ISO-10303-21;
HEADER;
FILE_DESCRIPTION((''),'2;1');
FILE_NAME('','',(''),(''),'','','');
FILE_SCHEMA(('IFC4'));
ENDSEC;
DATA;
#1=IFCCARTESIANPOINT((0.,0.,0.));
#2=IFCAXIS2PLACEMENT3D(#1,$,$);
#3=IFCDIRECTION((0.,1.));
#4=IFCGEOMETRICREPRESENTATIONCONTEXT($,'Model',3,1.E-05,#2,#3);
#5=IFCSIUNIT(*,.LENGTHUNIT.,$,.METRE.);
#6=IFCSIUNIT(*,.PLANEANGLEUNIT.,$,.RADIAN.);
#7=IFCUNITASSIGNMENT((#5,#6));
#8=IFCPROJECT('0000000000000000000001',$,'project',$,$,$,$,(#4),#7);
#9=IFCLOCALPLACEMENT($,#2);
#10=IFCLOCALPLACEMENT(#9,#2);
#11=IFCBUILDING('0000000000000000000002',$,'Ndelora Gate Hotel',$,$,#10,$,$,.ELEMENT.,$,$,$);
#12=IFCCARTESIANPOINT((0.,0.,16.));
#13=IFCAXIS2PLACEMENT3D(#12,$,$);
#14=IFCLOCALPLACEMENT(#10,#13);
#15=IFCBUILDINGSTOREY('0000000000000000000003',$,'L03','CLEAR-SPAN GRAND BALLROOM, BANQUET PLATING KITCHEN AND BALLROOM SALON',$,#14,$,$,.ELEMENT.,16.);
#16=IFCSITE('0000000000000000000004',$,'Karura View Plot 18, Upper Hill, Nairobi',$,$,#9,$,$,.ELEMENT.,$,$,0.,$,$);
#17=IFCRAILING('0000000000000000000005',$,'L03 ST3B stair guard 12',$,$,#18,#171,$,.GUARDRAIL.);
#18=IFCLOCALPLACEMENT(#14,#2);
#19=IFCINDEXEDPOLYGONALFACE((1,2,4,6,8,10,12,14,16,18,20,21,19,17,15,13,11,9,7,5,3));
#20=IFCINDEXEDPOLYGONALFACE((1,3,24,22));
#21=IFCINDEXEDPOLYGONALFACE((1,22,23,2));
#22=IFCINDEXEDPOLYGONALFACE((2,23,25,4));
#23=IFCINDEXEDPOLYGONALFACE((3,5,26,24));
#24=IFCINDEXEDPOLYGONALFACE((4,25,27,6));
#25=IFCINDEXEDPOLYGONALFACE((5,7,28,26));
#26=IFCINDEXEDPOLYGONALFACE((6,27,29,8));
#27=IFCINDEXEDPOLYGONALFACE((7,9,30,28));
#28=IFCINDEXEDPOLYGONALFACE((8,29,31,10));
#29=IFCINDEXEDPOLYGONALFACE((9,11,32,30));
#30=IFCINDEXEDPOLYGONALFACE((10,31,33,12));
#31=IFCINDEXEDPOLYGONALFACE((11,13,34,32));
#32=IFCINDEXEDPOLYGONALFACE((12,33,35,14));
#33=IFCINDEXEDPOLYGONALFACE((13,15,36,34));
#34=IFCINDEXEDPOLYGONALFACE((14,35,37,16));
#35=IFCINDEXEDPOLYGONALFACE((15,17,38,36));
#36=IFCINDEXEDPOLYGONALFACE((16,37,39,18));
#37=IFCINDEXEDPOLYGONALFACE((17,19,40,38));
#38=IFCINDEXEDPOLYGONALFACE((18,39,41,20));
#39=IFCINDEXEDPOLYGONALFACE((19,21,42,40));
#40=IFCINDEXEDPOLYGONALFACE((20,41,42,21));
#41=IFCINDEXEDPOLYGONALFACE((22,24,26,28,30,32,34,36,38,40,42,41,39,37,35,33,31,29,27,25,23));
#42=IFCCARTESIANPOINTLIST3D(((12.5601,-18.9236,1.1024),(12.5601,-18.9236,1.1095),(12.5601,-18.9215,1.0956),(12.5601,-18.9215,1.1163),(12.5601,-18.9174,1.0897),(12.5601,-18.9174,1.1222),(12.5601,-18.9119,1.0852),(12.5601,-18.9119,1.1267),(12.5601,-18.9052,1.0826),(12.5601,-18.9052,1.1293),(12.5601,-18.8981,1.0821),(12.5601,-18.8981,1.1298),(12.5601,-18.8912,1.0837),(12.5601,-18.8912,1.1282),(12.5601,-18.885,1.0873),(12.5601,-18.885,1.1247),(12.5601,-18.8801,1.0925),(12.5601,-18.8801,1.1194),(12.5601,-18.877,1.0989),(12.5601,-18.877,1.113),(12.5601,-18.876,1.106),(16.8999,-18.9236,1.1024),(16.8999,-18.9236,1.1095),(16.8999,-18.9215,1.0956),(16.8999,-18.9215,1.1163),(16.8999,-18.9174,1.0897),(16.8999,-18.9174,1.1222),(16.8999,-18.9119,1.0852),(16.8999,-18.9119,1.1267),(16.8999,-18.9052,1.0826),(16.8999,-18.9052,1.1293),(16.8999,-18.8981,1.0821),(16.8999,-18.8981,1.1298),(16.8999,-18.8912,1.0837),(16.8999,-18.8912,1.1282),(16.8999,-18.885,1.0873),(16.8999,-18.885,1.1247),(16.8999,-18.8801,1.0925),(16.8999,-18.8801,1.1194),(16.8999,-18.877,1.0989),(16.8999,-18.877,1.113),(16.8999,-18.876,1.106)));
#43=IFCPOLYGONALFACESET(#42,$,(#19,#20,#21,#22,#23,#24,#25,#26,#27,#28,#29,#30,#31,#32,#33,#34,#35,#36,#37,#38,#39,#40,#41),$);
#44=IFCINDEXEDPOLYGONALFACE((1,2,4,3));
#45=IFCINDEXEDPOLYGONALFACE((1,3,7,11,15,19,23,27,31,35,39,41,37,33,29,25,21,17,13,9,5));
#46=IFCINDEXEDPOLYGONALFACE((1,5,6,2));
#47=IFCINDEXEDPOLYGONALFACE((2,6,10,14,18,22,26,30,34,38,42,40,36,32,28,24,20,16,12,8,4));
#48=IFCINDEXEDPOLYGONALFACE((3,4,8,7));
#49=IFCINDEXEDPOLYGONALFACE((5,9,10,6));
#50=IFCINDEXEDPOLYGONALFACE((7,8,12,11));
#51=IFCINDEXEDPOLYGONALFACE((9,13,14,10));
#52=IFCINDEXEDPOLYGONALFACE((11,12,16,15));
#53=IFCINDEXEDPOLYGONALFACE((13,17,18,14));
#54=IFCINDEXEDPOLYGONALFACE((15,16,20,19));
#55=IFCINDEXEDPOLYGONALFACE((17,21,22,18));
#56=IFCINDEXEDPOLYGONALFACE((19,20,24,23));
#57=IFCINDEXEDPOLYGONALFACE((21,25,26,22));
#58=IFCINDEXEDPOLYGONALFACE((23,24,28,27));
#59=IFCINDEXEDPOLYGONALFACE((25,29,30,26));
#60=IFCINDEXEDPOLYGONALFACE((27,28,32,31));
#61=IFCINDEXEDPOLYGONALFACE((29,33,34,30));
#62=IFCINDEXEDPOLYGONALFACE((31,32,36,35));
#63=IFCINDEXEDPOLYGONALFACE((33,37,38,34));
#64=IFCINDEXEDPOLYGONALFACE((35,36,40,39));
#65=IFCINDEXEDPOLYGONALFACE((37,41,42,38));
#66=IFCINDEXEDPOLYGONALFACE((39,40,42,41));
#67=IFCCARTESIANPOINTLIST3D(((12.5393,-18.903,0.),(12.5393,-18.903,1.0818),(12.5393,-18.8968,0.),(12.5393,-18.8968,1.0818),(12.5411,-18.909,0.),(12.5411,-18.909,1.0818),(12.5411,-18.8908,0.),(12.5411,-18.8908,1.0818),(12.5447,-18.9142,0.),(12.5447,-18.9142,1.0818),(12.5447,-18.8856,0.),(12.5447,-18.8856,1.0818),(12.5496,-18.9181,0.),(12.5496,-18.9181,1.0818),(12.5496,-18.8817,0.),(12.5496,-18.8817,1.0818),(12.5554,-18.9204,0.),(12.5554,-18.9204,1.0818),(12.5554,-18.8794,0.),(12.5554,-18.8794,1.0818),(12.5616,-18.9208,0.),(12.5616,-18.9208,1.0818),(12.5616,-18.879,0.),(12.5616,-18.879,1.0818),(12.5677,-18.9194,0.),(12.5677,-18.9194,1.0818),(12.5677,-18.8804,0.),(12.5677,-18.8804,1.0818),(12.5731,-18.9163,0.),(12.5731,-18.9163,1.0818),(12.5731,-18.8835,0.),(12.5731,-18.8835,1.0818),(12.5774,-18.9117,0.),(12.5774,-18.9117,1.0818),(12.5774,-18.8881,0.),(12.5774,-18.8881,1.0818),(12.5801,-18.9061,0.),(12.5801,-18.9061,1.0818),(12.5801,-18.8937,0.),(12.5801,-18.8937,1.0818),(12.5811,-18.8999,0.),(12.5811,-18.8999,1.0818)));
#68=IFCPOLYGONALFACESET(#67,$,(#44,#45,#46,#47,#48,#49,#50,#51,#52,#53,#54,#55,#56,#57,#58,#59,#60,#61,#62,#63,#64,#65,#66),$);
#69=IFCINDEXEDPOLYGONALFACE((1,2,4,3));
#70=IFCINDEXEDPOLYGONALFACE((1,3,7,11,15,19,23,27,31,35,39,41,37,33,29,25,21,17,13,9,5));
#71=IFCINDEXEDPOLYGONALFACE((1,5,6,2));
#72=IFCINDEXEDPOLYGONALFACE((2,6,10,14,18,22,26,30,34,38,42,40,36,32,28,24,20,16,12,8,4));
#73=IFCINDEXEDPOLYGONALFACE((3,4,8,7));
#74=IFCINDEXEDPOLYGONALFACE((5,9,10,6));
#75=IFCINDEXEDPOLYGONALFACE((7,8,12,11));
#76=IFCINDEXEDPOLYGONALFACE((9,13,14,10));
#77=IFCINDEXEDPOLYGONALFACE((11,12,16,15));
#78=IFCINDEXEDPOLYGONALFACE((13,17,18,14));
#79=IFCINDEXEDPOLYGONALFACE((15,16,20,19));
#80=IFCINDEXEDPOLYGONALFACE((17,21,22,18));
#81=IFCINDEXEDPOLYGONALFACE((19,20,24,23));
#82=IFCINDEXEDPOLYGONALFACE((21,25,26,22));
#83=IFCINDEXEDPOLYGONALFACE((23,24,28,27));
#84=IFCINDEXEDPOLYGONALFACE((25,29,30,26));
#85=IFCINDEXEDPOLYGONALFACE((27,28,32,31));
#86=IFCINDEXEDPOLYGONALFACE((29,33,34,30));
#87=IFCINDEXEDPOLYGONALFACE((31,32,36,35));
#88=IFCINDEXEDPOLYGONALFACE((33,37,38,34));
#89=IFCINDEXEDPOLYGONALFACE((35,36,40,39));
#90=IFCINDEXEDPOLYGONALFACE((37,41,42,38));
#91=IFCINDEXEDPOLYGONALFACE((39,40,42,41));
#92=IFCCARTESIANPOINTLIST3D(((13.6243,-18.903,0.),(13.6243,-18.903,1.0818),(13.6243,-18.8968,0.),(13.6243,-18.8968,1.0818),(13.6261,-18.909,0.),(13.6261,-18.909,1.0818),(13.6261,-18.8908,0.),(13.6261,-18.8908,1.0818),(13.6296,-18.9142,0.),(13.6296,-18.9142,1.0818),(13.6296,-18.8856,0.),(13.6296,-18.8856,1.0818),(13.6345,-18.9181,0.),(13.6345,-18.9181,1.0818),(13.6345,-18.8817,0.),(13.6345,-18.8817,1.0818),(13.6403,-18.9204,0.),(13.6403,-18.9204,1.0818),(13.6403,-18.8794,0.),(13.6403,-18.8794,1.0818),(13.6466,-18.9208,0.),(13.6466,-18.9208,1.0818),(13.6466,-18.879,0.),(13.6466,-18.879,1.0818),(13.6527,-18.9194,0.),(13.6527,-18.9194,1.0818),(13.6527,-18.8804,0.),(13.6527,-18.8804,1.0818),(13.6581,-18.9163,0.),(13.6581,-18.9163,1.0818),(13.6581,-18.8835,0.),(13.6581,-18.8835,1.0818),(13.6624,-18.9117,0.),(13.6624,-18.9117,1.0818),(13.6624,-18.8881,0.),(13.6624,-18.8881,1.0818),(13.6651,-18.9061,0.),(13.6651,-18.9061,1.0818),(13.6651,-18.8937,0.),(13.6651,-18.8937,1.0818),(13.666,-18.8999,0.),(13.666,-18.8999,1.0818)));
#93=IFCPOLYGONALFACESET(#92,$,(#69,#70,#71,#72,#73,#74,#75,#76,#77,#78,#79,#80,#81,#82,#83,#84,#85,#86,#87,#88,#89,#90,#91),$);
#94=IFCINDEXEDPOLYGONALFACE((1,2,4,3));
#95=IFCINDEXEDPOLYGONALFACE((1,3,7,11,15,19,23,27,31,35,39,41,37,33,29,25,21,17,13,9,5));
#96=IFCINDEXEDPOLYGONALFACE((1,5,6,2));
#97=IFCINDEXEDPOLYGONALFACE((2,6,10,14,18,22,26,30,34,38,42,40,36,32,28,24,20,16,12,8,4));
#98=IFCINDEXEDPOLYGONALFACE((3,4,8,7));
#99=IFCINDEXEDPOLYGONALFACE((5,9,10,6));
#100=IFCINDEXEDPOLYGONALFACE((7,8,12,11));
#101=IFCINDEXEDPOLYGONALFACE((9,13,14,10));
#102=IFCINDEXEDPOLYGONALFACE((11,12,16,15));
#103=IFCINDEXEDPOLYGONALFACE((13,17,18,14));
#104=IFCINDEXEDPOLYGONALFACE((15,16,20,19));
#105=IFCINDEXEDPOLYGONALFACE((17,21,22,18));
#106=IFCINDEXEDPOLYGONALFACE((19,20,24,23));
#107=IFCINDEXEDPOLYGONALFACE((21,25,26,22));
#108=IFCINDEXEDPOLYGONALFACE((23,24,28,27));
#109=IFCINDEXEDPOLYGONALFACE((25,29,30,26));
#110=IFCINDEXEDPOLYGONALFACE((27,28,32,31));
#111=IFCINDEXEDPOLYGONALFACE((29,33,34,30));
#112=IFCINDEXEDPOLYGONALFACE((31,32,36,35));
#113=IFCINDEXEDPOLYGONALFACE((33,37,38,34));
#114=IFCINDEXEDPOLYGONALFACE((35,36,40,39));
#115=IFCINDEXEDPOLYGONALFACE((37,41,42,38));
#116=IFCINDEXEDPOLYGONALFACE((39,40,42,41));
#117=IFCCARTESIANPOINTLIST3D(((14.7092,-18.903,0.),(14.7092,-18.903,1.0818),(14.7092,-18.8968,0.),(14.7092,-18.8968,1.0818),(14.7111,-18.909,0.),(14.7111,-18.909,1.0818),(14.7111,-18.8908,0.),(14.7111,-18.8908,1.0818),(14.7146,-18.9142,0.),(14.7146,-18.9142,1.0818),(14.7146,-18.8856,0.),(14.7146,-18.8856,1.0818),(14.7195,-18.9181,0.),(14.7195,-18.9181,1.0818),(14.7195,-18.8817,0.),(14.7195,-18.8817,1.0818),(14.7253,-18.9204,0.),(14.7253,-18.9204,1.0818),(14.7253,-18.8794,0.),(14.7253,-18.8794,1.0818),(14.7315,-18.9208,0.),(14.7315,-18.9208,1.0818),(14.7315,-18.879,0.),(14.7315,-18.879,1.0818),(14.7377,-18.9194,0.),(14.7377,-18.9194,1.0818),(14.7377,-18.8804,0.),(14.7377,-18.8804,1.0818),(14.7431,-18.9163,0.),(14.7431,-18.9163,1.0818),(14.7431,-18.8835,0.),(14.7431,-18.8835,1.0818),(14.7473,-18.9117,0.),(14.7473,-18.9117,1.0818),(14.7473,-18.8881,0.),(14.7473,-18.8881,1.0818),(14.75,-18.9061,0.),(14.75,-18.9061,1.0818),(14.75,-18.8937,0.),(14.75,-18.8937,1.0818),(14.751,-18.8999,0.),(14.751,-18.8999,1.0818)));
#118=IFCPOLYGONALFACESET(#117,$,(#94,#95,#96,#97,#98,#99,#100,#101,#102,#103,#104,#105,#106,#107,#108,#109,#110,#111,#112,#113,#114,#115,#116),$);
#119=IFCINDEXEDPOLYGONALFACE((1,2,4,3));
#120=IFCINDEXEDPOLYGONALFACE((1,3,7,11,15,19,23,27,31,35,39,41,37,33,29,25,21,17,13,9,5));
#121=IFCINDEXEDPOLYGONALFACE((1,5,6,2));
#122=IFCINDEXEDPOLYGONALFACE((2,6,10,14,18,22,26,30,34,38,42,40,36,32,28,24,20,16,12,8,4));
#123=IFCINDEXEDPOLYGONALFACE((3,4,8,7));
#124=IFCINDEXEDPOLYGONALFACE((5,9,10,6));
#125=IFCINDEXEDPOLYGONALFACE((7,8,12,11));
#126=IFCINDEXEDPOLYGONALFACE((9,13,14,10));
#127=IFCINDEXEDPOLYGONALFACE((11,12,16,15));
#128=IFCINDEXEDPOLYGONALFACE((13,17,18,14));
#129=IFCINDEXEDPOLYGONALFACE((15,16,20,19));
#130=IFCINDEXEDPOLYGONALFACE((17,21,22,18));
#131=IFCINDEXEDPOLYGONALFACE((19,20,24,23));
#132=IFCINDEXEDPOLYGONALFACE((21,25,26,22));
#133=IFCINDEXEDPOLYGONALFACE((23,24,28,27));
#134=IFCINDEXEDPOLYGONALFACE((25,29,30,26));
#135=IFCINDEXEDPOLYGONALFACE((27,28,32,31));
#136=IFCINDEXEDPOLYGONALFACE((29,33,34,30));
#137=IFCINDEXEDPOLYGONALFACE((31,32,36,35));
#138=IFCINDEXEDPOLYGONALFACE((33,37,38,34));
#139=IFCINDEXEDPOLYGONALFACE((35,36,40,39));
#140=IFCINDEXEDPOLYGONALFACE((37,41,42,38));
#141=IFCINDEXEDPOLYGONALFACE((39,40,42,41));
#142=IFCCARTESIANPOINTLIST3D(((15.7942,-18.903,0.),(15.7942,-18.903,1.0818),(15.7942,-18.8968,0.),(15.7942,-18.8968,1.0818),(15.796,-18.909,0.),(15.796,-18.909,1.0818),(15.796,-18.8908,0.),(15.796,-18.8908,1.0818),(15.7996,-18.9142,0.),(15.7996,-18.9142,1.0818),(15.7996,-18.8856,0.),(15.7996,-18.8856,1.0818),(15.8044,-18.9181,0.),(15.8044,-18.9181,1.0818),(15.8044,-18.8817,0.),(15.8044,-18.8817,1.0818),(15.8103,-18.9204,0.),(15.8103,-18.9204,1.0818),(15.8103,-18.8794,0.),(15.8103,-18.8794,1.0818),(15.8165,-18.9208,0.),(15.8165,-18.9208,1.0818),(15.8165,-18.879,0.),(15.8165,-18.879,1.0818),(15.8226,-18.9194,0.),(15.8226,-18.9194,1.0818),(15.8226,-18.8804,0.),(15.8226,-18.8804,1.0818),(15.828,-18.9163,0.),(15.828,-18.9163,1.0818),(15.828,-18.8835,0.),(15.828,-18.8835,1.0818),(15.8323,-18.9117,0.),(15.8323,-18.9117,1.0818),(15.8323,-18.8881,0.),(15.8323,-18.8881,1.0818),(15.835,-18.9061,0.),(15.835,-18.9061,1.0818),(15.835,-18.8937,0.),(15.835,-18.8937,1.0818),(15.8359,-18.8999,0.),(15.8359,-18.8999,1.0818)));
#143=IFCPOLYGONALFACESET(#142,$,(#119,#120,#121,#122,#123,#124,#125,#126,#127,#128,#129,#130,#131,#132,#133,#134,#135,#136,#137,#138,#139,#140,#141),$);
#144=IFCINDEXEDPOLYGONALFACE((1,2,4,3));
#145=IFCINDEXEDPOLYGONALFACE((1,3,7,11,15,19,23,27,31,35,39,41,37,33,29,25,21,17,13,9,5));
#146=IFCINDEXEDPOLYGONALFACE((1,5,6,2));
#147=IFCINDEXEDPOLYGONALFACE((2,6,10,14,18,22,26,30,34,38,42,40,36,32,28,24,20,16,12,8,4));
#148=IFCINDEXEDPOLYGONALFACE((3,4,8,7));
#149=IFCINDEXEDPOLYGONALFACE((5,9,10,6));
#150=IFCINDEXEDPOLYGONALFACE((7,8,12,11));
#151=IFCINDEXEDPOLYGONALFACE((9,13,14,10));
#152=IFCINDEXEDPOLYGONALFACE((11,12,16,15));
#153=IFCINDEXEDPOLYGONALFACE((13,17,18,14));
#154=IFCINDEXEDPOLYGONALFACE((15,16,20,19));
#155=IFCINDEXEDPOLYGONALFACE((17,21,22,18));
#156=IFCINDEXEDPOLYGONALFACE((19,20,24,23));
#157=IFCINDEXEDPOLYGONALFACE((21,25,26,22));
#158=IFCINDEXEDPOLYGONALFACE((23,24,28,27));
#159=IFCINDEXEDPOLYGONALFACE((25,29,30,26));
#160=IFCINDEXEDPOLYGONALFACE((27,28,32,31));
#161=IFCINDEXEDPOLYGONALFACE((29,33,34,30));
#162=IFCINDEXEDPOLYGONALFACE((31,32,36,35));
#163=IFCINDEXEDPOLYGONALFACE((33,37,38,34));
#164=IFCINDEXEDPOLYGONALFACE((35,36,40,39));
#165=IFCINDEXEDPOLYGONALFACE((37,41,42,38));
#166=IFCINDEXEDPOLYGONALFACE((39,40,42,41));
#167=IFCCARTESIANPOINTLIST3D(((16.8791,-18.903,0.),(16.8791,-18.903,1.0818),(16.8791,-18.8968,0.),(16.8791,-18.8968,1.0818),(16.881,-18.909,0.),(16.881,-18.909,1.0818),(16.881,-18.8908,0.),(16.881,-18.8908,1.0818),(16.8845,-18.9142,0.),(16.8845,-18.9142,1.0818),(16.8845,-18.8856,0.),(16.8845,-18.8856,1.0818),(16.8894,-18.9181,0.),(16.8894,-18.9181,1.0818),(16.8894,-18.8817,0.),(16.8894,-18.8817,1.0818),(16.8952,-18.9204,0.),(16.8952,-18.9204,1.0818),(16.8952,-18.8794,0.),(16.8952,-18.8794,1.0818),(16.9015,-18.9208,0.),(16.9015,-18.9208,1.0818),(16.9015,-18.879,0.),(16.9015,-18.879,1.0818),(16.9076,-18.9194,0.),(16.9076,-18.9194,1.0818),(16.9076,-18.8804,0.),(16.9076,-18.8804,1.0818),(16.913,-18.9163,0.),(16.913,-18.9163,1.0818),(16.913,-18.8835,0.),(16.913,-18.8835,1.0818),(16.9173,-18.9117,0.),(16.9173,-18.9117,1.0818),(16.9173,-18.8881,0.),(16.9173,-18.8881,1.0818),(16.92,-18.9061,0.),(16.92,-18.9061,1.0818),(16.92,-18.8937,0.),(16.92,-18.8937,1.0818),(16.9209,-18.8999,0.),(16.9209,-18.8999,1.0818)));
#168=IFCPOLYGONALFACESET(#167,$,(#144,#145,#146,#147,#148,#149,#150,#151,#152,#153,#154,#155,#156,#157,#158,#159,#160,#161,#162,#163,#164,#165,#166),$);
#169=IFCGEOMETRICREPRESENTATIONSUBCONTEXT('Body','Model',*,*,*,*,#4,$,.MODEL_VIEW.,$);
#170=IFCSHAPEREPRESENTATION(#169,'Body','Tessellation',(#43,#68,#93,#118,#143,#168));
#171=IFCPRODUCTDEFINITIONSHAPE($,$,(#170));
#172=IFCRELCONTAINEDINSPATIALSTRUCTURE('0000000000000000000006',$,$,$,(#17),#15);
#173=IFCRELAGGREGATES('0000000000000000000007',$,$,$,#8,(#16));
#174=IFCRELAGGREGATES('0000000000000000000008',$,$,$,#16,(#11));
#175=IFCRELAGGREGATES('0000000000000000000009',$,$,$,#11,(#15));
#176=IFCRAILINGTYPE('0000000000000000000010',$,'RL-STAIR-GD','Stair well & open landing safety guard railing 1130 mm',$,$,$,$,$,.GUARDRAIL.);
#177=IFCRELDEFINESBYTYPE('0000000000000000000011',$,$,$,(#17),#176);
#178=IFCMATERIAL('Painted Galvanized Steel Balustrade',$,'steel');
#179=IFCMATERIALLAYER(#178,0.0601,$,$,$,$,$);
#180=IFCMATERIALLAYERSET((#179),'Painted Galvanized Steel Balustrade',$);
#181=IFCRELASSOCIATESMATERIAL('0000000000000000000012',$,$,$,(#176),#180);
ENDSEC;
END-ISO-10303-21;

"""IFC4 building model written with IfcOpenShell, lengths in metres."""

from ifc_helpers import new_model, si_unit, direction, frame, origin, origin_2d, place, context, subcontext, project, spatial, circle, extrude, material, layer, layer_set, type_object, element, save


model = new_model("IFC4")

# Units and contexts
model_context = context("Model", 3, precision=1e-05, world=origin(), true_north=direction((0.0, 1.0)))
body_context = subcontext(model_context, "Body", "Model", "MODEL_VIEW")
ifc_project = project(units=[si_unit("LENGTHUNIT", "METRE"), si_unit("PLANEANGLEUNIT", "RADIAN")], contexts=[model_context])

# Site, building, storey
site_placement = place(None, origin())
site = spatial("IfcSite", under=ifc_project, at=site_placement, Name="Karura View Plot 18, Upper Hill, Nairobi", CompositionType="ELEMENT", RefElevation=0.0)
building_placement = place(site_placement, origin())
building = spatial("IfcBuilding", under=site, at=building_placement, Name="Ndelora Gate Hotel", CompositionType="ELEMENT")
storey_placement = place(building_placement, frame((0.0, 0.0, 16.0)))
storey = spatial("IfcBuildingStorey", under=building, at=storey_placement, Name="L03", Description="CLEAR-SPAN GRAND BALLROOM, BANQUET PLATING KITCHEN AND BALLROOM SALON", CompositionType="ELEMENT", Elevation=16.0)

# Railing
ifc_material_1 = material(Name="Painted Galvanized Steel Balustrade", Category="steel")
ifc_layer_1 = layer(ifc_material_1, 0.0601)
ifc_layer_set_1 = layer_set([ifc_layer_1], Name="Painted Galvanized Steel Balustrade")
railing_type_1 = type_object("IfcRailingType", Name="RL-STAIR-GD", Description="Stair well & open landing safety guard railing 1130 mm", PredefinedType="GUARDRAIL", material=ifc_layer_set_1)
railing_1_placement = place(storey_placement, frame((12.5601, -18.8999, 0.0)))
element("IfcRailing", 1, at=railing_1_placement, inside=storey, type_object=railing_type_1, Name="L03 ST3B stair guard 12", PredefinedType="GUARDRAIL", context=body_context, shape_type="SweptSolid", body=[
    extrude(circle(Radius=0.0239, at=origin_2d()), frame((0.0, 0.0, 1.106), z_axis=(1.0, 0.0, 0.0), x_axis=(0.0, 1.0, 0.0)), (0.0, 0.0, 1.0), 4.3398),
    extrude(circle(Radius=0.021, at=origin_2d()), origin(), (0.0, 0.0, 1.0), 1.0818),
    extrude(circle(Radius=0.021, at=origin_2d()), frame((1.085, 0.0, 0.0)), (0.0, 0.0, 1.0), 1.0818),
    extrude(circle(Radius=0.021, at=origin_2d()), frame((2.1699, 0.0, 0.0)), (0.0, 0.0, 1.0), 1.0818),
    extrude(circle(Radius=0.021, at=origin_2d()), frame((3.2549, 0.0, 0.0)), (0.0, 0.0, 1.0), 1.0818),
    extrude(circle(Radius=0.021, at=origin_2d()), frame((4.3398, 0.0, 0.0)), (0.0, 0.0, 1.0), 1.0818),
])

save(model, "model.ifc")
